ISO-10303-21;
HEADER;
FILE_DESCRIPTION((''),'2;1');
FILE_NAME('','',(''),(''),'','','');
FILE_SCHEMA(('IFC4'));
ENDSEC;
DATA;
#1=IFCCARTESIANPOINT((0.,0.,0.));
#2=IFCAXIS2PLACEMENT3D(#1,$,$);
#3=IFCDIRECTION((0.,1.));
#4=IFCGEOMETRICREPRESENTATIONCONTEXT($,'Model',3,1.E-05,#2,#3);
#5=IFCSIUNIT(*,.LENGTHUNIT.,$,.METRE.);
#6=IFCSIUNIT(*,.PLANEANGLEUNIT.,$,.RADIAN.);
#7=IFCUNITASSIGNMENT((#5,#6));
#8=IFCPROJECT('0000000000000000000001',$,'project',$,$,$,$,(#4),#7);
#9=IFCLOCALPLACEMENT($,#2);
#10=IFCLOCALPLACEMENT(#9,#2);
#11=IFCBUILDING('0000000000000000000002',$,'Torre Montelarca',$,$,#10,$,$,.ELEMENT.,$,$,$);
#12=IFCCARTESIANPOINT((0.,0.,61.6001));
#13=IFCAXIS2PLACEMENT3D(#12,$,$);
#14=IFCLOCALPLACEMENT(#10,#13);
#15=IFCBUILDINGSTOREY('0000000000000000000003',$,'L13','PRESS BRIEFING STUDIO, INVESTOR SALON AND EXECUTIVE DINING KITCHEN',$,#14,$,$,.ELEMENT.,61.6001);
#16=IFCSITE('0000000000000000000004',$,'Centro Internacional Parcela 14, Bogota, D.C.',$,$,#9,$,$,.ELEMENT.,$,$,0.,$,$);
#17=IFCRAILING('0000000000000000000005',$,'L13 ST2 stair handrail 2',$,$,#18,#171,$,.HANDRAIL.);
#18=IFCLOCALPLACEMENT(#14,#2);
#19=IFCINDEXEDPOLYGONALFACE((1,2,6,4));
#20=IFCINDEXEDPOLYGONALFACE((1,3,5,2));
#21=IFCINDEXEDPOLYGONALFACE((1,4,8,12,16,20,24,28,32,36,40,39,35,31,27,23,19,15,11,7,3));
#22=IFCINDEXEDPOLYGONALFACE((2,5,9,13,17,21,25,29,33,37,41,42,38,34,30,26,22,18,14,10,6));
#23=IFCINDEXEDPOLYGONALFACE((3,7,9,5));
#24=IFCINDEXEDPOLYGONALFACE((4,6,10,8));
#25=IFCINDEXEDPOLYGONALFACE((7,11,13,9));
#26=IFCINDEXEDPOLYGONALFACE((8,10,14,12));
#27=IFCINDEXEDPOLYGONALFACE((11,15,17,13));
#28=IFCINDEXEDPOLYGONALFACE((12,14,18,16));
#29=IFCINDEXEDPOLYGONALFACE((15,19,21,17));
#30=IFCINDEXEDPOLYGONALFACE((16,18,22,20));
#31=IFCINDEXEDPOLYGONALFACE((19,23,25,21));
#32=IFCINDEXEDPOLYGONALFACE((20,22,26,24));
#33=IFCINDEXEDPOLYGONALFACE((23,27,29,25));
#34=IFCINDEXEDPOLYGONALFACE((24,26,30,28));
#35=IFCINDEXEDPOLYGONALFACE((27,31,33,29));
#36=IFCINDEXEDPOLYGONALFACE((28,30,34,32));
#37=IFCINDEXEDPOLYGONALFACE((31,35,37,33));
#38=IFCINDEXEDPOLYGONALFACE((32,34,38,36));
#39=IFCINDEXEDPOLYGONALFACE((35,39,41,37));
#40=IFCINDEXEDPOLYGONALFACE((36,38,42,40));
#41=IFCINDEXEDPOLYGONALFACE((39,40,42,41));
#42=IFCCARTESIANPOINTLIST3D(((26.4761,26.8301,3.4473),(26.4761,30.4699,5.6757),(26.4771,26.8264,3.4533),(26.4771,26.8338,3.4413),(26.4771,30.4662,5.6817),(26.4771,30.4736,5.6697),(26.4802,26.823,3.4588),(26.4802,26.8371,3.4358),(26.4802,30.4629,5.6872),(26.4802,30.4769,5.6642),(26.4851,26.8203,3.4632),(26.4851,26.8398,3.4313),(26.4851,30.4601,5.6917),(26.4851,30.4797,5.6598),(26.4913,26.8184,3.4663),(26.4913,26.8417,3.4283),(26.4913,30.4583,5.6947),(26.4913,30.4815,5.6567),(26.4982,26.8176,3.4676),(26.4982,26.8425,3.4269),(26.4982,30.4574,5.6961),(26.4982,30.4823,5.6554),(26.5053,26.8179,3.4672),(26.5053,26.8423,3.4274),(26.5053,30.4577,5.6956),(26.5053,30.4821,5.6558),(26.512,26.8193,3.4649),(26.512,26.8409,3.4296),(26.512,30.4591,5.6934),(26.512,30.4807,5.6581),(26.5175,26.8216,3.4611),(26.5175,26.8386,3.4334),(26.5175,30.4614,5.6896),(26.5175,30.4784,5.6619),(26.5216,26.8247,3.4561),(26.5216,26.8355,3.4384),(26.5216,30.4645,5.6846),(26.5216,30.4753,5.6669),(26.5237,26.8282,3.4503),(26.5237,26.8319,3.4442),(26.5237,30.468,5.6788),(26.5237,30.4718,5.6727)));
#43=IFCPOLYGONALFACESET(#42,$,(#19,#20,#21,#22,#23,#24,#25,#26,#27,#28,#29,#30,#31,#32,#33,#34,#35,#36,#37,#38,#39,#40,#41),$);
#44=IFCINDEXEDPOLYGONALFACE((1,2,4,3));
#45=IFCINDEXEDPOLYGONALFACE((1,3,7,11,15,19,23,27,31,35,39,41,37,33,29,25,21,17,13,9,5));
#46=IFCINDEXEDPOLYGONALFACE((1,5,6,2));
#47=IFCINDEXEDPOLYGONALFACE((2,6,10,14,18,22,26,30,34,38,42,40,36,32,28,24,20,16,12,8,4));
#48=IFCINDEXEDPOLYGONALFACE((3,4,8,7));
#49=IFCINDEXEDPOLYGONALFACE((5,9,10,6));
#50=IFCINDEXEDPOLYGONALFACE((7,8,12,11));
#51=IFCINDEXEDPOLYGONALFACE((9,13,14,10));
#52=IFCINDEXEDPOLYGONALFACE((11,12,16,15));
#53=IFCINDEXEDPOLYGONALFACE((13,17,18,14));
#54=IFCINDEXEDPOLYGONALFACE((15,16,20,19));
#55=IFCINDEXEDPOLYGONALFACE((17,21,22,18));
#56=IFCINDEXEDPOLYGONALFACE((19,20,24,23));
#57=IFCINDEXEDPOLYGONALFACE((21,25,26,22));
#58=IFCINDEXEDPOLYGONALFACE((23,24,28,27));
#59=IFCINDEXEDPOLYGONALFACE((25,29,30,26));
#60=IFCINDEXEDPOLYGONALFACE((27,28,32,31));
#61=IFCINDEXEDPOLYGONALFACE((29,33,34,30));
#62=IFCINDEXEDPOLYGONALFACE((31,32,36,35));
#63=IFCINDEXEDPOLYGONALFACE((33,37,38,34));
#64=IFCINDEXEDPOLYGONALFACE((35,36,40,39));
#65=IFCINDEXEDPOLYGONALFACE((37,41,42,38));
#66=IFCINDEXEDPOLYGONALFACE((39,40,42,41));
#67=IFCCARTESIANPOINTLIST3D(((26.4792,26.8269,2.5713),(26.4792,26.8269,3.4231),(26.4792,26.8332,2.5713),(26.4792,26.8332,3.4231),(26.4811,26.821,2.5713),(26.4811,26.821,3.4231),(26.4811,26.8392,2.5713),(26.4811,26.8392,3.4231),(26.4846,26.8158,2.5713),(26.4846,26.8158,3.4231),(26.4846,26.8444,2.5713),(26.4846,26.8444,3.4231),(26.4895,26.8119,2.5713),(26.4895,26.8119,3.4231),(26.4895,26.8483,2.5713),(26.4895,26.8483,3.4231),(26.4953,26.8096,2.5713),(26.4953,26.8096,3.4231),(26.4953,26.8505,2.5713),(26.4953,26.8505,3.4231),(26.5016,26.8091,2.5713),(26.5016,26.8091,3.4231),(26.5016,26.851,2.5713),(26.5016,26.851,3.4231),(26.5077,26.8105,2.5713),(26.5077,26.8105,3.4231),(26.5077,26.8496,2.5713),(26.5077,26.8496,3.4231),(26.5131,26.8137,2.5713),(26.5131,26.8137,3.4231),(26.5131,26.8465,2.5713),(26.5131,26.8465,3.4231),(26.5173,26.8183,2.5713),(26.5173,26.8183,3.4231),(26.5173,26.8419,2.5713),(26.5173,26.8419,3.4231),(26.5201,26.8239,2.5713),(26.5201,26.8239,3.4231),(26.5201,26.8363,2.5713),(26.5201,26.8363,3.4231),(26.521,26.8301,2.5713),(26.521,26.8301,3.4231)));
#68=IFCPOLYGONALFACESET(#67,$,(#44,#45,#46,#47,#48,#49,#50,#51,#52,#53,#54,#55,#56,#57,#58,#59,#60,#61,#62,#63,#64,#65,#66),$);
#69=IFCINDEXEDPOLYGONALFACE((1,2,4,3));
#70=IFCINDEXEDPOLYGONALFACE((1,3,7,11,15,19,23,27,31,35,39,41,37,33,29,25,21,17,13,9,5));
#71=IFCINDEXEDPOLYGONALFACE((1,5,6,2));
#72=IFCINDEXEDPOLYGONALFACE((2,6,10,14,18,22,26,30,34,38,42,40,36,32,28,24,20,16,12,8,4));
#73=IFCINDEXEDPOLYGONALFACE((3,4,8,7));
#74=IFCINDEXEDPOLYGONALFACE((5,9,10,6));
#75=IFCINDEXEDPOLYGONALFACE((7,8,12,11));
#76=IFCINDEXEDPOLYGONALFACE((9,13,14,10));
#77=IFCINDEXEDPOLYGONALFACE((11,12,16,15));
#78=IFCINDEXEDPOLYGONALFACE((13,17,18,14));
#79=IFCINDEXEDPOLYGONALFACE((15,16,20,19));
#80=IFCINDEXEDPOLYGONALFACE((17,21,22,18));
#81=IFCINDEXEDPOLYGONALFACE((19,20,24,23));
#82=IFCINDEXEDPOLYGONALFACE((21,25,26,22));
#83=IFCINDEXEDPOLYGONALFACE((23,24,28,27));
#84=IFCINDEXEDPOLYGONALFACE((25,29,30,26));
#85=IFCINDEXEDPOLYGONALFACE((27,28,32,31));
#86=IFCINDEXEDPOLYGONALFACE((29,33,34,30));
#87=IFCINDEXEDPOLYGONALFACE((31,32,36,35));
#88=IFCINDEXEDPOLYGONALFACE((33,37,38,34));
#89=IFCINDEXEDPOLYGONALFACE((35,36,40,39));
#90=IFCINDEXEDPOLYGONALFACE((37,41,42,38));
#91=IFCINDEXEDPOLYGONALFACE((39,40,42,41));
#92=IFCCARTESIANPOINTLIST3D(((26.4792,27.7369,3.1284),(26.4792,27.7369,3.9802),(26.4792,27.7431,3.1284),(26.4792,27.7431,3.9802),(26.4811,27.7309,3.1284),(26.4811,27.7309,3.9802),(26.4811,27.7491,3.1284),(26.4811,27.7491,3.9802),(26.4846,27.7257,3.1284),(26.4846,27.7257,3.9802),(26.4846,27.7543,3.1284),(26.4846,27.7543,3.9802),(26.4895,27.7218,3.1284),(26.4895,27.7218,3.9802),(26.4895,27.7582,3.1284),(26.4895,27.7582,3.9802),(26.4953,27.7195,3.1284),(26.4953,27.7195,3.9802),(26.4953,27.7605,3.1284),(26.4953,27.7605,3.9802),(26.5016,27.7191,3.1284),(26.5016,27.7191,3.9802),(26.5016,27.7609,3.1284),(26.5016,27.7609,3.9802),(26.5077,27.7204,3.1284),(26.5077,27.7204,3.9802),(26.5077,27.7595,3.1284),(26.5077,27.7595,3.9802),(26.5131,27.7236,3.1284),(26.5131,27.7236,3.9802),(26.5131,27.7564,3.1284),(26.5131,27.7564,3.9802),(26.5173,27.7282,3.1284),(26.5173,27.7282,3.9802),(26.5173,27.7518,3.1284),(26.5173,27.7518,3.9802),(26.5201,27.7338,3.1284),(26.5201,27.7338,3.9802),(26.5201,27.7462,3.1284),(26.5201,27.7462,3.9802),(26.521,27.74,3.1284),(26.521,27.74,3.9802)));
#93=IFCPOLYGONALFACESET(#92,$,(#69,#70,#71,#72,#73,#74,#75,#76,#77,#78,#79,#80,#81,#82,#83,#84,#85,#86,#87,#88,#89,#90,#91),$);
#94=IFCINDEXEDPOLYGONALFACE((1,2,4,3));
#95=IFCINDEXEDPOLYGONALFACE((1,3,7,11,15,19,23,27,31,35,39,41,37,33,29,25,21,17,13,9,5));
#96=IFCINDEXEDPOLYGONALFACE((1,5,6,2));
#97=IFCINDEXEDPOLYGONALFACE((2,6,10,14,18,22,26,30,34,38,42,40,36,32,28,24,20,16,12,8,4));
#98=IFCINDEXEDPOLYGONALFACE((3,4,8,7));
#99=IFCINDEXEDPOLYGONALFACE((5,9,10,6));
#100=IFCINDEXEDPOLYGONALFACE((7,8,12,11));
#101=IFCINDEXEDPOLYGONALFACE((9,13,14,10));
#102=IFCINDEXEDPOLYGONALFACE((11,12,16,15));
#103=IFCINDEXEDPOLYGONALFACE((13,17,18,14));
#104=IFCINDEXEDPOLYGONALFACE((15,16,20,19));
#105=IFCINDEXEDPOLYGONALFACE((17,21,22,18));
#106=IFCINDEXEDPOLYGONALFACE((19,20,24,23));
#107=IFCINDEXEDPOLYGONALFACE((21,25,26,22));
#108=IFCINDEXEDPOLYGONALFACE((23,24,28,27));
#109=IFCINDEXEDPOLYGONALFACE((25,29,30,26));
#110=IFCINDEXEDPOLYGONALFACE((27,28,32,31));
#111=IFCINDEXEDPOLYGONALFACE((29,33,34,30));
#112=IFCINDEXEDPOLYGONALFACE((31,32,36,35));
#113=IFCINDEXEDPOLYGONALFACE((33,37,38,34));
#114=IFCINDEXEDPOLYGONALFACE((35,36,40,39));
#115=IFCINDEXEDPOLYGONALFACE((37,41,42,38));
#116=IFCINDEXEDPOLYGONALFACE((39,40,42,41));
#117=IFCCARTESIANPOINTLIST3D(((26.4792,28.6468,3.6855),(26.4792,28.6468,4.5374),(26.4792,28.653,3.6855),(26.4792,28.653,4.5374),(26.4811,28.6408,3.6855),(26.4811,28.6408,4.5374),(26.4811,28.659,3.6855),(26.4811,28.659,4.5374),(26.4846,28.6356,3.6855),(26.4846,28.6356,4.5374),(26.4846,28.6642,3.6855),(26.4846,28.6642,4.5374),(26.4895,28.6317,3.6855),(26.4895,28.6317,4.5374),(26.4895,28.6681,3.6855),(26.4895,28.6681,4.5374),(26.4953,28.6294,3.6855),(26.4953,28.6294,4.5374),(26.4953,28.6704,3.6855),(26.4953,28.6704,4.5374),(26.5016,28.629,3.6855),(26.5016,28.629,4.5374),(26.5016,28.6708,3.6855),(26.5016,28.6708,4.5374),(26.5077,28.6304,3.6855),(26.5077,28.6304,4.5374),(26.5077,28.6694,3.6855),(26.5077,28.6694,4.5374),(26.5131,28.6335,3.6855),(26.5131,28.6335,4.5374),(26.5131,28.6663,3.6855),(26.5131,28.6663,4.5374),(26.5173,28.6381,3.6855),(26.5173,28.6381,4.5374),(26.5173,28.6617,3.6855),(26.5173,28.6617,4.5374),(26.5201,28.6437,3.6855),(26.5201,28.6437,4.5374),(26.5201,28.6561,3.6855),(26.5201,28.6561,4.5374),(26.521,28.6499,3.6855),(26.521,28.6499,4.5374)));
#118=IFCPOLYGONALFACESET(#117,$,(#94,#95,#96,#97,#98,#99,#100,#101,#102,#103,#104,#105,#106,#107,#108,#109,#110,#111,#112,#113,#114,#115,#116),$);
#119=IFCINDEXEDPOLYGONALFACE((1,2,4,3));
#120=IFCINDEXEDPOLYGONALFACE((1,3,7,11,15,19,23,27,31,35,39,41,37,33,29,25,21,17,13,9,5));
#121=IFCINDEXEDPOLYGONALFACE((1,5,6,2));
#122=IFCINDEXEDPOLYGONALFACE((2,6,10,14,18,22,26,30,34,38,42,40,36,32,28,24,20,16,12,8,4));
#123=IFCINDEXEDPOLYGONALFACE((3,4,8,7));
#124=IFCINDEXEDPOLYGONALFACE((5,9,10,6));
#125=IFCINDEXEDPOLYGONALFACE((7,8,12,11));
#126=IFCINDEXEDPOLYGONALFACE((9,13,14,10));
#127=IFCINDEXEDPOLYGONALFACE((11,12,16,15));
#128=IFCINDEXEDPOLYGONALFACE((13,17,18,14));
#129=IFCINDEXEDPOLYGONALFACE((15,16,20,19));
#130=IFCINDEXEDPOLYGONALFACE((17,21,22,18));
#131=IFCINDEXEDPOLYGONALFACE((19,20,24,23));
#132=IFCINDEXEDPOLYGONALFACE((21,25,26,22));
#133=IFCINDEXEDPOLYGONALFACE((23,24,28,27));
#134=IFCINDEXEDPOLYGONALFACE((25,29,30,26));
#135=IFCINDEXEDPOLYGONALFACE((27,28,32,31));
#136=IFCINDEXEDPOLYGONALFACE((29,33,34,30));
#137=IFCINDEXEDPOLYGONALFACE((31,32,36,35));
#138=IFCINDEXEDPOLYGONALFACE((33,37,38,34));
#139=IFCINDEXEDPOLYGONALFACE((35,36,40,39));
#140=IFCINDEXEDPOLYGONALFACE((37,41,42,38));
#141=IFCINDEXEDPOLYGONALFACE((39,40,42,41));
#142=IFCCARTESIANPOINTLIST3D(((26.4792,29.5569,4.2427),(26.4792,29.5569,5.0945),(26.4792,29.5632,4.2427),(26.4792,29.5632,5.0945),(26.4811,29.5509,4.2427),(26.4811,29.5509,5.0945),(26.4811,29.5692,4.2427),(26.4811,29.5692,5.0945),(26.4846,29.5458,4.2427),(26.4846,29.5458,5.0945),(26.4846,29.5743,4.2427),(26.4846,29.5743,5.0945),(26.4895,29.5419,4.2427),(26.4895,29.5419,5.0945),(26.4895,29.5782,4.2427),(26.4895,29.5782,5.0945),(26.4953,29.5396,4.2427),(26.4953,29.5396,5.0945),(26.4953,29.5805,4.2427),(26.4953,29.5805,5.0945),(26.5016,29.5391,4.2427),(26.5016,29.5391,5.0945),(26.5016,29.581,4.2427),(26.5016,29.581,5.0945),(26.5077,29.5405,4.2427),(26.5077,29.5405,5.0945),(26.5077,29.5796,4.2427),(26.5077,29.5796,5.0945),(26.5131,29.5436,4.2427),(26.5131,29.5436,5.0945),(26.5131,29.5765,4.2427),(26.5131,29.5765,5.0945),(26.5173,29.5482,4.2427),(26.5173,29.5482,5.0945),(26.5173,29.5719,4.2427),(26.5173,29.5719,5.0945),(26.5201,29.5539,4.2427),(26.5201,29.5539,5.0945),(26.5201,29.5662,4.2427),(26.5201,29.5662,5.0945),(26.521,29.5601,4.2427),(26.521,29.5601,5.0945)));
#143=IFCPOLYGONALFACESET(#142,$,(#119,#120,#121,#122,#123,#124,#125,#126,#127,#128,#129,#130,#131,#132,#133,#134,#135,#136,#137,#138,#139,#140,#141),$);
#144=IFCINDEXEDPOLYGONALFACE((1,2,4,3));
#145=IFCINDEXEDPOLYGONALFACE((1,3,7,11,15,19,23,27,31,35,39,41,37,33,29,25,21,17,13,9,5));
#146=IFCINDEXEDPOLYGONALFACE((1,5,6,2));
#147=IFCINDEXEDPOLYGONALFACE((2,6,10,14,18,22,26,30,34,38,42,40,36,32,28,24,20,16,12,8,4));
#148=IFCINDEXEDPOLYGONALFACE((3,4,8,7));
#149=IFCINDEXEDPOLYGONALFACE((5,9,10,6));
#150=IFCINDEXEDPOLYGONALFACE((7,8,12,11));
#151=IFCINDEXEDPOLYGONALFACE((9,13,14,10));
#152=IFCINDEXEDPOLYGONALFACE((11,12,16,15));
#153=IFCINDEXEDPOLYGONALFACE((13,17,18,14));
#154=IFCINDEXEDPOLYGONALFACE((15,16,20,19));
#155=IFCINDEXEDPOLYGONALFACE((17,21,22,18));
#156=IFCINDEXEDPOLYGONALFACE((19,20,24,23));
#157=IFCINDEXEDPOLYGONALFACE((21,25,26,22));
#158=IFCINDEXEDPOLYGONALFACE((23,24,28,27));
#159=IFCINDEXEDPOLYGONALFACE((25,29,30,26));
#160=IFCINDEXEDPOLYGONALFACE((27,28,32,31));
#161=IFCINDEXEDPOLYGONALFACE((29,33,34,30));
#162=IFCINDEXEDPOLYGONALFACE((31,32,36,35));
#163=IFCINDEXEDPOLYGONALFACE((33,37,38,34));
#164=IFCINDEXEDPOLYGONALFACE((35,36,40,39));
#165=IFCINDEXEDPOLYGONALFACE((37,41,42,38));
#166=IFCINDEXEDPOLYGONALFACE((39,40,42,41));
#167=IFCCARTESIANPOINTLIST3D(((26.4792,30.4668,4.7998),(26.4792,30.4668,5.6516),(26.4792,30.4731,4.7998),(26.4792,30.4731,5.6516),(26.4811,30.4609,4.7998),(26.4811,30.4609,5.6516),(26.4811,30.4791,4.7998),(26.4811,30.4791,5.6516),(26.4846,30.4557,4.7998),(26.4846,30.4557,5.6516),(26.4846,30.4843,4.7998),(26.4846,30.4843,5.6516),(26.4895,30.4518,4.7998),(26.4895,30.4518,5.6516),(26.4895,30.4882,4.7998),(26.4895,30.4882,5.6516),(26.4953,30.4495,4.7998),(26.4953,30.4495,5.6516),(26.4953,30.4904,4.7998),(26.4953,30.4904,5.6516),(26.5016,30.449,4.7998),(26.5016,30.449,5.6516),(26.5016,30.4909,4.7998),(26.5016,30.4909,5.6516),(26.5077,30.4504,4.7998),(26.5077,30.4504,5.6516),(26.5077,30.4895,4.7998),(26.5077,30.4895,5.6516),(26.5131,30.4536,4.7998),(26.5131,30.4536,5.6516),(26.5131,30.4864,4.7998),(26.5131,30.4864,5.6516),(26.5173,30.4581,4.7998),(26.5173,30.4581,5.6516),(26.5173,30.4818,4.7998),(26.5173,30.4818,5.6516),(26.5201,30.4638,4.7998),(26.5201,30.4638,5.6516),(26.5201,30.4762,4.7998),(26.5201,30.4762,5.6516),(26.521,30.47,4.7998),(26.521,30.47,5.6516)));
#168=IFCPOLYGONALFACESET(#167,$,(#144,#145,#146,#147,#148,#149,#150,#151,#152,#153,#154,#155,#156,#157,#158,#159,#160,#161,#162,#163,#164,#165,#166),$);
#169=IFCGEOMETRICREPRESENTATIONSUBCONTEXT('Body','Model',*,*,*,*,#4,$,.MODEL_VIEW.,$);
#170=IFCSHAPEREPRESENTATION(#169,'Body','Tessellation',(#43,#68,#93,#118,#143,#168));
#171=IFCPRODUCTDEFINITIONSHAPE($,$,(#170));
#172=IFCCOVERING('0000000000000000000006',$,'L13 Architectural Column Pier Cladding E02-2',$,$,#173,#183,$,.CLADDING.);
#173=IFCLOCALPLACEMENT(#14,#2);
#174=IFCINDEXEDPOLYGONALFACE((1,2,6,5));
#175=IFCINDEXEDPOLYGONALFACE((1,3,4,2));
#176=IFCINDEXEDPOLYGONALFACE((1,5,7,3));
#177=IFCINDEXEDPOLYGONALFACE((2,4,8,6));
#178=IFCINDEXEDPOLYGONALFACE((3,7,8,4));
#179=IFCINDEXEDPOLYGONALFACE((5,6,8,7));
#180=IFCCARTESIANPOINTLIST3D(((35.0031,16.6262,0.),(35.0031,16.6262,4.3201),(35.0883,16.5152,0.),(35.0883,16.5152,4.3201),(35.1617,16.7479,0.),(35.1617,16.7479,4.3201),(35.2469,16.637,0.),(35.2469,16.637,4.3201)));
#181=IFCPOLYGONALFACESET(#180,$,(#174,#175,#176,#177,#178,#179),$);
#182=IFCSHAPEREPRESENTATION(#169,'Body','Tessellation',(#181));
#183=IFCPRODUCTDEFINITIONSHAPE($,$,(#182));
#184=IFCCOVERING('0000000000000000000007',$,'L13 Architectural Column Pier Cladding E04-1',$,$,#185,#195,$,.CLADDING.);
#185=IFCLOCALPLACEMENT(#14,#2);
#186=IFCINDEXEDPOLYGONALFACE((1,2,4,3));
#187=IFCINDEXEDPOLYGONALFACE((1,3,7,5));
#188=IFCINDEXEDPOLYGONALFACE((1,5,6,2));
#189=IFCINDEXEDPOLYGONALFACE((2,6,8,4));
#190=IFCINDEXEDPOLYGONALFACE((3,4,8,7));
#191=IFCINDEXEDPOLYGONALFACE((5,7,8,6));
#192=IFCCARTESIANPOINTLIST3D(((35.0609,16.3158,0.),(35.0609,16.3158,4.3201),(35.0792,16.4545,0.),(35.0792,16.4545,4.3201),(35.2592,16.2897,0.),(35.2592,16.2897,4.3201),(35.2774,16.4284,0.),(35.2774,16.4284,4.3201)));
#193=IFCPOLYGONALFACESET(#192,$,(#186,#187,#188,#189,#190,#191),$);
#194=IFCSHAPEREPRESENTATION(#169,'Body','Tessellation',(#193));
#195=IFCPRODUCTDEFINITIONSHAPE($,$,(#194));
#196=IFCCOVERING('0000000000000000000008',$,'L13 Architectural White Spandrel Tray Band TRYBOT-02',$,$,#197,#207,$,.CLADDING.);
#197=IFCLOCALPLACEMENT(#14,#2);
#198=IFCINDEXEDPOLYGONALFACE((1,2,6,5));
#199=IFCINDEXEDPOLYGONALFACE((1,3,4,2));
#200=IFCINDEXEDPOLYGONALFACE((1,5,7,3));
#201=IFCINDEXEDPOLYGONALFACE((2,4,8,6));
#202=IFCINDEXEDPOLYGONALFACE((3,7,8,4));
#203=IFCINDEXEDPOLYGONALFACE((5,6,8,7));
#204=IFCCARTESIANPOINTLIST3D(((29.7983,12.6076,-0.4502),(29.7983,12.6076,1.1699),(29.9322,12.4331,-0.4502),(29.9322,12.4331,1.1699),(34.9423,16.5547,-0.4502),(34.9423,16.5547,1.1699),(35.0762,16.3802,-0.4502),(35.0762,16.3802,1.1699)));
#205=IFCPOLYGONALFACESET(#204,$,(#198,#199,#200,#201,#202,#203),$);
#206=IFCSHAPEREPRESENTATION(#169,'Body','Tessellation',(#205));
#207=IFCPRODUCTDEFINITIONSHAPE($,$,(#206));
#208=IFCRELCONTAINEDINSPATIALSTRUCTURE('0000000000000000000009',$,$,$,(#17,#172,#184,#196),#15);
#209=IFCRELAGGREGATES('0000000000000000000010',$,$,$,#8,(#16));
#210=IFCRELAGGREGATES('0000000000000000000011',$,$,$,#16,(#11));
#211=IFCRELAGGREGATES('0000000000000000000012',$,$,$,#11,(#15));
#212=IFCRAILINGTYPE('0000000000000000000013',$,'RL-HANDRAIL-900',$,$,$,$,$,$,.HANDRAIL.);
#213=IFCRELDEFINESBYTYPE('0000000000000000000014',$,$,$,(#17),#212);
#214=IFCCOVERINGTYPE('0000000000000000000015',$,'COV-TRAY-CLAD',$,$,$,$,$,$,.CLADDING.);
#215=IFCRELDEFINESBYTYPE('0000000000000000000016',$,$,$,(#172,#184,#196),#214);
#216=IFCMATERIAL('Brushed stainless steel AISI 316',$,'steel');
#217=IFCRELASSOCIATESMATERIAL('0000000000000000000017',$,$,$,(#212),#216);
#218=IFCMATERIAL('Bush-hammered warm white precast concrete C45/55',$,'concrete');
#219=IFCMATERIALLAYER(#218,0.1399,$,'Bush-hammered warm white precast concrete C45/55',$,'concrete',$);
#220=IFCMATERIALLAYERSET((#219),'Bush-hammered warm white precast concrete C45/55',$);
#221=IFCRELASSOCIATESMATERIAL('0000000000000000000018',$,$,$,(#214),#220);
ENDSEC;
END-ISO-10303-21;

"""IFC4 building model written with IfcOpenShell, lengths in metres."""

from ifc_helpers import new_model, si_unit, direction, frame, origin, origin_2d, place, context, subcontext, project, spatial, rectangle, circle, extrude, source, transform, mapped, material, layer, layer_set, type_object, element, save


model = new_model("IFC4")

# Units and contexts
model_context = context("Model", 3, precision=1e-05, world=origin(), true_north=direction((0.0, 1.0)))
body_context = subcontext(model_context, "Body", "Model", "MODEL_VIEW")
ifc_project = project(units=[si_unit("LENGTHUNIT", "METRE"), si_unit("PLANEANGLEUNIT", "RADIAN")], contexts=[model_context])

# Site, building, storey
site_placement = place(None, origin())
site = spatial("IfcSite", under=ifc_project, at=site_placement, Name="Centro Internacional Parcela 14, Bogota, D.C.", CompositionType="ELEMENT", RefElevation=0.0)
building_placement = place(site_placement, origin())
building = spatial("IfcBuilding", under=site, at=building_placement, Name="Torre Montelarca", CompositionType="ELEMENT")
storey_placement = place(building_placement, frame((0.0, 0.0, 61.6001)))
storey = spatial("IfcBuildingStorey", under=building, at=storey_placement, Name="L13", Description="PRESS BRIEFING STUDIO, INVESTOR SALON AND EXECUTIVE DINING KITCHEN", CompositionType="ELEMENT", Elevation=61.6001)

# Railing
ifc_material_1 = material(Name="Brushed stainless steel AISI 316", Category="steel")
railing_type_1 = type_object("IfcRailingType", Name="RL-HANDRAIL-900", PredefinedType="HANDRAIL", material=ifc_material_1)
railing_1_placement = place(storey_placement, frame((26.5, 26.8301, 2.5713)))
element("IfcRailing", 1, at=railing_1_placement, inside=storey, type_object=railing_type_1, Name="L13 ST2 stair handrail 2", PredefinedType="HANDRAIL", context=body_context, shape_type="SweptSolid", body=[
    extrude(circle(Radius=0.0239, at=origin_2d()), frame((0.0, 0.0, 0.876), z_axis=(0.0, 0.85285, 0.522156), x_axis=(-1.0, 0.0, 0.0)), (0.0, 0.0, 1.0), 4.2678),
    extrude(circle(Radius=0.021, at=origin_2d()), origin(), (0.0, 0.0, 1.0), 0.8518),
    extrude(circle(Radius=0.021, at=origin_2d()), frame((0.0, 0.9099, 0.5571)), (0.0, 0.0, 1.0), 0.8518),
    extrude(circle(Radius=0.021, at=origin_2d()), frame((0.0, 1.8198, 1.1143)), (0.0, 0.0, 1.0), 0.8518),
    extrude(circle(Radius=0.021, at=origin_2d()), frame((0.0, 2.73, 1.6714)), (0.0, 0.0, 1.0), 0.8518),
    extrude(circle(Radius=0.021, at=origin_2d()), frame((0.0, 3.6399, 2.2285)), (0.0, 0.0, 1.0), 0.8518),
])

# Coverings
ifc_material_2 = material(Name="Bush-hammered warm white precast concrete C45/55", Category="concrete")
ifc_layer_1 = layer(ifc_material_2, 0.1399, Name="Bush-hammered warm white precast concrete C45/55", Category="concrete")
ifc_layer_set_1 = layer_set([ifc_layer_1], Name="Bush-hammered warm white precast concrete C45/55")
covering_type = type_object("IfcCoveringType", Name="COV-TRAY-CLAD", PredefinedType="CLADDING", material=ifc_layer_set_1)
shared_shape_1 = source(origin(), body_context, "Body", "SweptSolid", [
    extrude(rectangle(XDim=0.2, YDim=0.1399, at=origin_2d()), origin(), (0.0, 0.0, 1.0), 4.3201),
])
for number, where, z_axis, x_axis, name in (
    (2, (35.125, 16.6316, 0.0), (0.0, 0.0, 1.0), (0.793349, 0.608767, 0.0), "L13 Architectural Column Pier Cladding E02-2"),
    (3, (35.1692, 16.3721, 0.0), (0.0, 0.0, 1.0), (0.991445, -0.130526, 0.0), "L13 Architectural Column Pier Cladding E04-1"),
):
    element("IfcCovering", number, at=place(storey_placement, frame(where, z_axis=z_axis, x_axis=x_axis)), inside=storey, type_object=covering_type, Name=name, PredefinedType="CLADDING", context=body_context, shape_type="MappedRepresentation", body=[
        mapped(shared_shape_1, transform((0.0, 0.0, 0.0), scale=1.0)),
    ])
shared_shape_2 = source(origin(), body_context, "Body", "SweptSolid", [
    extrude(rectangle(XDim=6.4839, YDim=0.22, at=origin_2d()), origin(), (0.0, 0.0, 1.0), 1.6201),
])
covering_placement = place(storey_placement, frame((32.4373, 14.4939, -0.4502), z_axis=(0.0, 0.0, 1.0), x_axis=(0.793352, 0.608763, 0.0)))
element("IfcCovering", 4, at=covering_placement, inside=storey, type_object=covering_type, Name="L13 Architectural White Spandrel Tray Band TRYBOT-02", PredefinedType="CLADDING", context=body_context, shape_type="MappedRepresentation", body=[
    mapped(shared_shape_2, transform((0.0, 0.0, 0.0), scale=1.0)),
])

save(model, "model.ifc")
